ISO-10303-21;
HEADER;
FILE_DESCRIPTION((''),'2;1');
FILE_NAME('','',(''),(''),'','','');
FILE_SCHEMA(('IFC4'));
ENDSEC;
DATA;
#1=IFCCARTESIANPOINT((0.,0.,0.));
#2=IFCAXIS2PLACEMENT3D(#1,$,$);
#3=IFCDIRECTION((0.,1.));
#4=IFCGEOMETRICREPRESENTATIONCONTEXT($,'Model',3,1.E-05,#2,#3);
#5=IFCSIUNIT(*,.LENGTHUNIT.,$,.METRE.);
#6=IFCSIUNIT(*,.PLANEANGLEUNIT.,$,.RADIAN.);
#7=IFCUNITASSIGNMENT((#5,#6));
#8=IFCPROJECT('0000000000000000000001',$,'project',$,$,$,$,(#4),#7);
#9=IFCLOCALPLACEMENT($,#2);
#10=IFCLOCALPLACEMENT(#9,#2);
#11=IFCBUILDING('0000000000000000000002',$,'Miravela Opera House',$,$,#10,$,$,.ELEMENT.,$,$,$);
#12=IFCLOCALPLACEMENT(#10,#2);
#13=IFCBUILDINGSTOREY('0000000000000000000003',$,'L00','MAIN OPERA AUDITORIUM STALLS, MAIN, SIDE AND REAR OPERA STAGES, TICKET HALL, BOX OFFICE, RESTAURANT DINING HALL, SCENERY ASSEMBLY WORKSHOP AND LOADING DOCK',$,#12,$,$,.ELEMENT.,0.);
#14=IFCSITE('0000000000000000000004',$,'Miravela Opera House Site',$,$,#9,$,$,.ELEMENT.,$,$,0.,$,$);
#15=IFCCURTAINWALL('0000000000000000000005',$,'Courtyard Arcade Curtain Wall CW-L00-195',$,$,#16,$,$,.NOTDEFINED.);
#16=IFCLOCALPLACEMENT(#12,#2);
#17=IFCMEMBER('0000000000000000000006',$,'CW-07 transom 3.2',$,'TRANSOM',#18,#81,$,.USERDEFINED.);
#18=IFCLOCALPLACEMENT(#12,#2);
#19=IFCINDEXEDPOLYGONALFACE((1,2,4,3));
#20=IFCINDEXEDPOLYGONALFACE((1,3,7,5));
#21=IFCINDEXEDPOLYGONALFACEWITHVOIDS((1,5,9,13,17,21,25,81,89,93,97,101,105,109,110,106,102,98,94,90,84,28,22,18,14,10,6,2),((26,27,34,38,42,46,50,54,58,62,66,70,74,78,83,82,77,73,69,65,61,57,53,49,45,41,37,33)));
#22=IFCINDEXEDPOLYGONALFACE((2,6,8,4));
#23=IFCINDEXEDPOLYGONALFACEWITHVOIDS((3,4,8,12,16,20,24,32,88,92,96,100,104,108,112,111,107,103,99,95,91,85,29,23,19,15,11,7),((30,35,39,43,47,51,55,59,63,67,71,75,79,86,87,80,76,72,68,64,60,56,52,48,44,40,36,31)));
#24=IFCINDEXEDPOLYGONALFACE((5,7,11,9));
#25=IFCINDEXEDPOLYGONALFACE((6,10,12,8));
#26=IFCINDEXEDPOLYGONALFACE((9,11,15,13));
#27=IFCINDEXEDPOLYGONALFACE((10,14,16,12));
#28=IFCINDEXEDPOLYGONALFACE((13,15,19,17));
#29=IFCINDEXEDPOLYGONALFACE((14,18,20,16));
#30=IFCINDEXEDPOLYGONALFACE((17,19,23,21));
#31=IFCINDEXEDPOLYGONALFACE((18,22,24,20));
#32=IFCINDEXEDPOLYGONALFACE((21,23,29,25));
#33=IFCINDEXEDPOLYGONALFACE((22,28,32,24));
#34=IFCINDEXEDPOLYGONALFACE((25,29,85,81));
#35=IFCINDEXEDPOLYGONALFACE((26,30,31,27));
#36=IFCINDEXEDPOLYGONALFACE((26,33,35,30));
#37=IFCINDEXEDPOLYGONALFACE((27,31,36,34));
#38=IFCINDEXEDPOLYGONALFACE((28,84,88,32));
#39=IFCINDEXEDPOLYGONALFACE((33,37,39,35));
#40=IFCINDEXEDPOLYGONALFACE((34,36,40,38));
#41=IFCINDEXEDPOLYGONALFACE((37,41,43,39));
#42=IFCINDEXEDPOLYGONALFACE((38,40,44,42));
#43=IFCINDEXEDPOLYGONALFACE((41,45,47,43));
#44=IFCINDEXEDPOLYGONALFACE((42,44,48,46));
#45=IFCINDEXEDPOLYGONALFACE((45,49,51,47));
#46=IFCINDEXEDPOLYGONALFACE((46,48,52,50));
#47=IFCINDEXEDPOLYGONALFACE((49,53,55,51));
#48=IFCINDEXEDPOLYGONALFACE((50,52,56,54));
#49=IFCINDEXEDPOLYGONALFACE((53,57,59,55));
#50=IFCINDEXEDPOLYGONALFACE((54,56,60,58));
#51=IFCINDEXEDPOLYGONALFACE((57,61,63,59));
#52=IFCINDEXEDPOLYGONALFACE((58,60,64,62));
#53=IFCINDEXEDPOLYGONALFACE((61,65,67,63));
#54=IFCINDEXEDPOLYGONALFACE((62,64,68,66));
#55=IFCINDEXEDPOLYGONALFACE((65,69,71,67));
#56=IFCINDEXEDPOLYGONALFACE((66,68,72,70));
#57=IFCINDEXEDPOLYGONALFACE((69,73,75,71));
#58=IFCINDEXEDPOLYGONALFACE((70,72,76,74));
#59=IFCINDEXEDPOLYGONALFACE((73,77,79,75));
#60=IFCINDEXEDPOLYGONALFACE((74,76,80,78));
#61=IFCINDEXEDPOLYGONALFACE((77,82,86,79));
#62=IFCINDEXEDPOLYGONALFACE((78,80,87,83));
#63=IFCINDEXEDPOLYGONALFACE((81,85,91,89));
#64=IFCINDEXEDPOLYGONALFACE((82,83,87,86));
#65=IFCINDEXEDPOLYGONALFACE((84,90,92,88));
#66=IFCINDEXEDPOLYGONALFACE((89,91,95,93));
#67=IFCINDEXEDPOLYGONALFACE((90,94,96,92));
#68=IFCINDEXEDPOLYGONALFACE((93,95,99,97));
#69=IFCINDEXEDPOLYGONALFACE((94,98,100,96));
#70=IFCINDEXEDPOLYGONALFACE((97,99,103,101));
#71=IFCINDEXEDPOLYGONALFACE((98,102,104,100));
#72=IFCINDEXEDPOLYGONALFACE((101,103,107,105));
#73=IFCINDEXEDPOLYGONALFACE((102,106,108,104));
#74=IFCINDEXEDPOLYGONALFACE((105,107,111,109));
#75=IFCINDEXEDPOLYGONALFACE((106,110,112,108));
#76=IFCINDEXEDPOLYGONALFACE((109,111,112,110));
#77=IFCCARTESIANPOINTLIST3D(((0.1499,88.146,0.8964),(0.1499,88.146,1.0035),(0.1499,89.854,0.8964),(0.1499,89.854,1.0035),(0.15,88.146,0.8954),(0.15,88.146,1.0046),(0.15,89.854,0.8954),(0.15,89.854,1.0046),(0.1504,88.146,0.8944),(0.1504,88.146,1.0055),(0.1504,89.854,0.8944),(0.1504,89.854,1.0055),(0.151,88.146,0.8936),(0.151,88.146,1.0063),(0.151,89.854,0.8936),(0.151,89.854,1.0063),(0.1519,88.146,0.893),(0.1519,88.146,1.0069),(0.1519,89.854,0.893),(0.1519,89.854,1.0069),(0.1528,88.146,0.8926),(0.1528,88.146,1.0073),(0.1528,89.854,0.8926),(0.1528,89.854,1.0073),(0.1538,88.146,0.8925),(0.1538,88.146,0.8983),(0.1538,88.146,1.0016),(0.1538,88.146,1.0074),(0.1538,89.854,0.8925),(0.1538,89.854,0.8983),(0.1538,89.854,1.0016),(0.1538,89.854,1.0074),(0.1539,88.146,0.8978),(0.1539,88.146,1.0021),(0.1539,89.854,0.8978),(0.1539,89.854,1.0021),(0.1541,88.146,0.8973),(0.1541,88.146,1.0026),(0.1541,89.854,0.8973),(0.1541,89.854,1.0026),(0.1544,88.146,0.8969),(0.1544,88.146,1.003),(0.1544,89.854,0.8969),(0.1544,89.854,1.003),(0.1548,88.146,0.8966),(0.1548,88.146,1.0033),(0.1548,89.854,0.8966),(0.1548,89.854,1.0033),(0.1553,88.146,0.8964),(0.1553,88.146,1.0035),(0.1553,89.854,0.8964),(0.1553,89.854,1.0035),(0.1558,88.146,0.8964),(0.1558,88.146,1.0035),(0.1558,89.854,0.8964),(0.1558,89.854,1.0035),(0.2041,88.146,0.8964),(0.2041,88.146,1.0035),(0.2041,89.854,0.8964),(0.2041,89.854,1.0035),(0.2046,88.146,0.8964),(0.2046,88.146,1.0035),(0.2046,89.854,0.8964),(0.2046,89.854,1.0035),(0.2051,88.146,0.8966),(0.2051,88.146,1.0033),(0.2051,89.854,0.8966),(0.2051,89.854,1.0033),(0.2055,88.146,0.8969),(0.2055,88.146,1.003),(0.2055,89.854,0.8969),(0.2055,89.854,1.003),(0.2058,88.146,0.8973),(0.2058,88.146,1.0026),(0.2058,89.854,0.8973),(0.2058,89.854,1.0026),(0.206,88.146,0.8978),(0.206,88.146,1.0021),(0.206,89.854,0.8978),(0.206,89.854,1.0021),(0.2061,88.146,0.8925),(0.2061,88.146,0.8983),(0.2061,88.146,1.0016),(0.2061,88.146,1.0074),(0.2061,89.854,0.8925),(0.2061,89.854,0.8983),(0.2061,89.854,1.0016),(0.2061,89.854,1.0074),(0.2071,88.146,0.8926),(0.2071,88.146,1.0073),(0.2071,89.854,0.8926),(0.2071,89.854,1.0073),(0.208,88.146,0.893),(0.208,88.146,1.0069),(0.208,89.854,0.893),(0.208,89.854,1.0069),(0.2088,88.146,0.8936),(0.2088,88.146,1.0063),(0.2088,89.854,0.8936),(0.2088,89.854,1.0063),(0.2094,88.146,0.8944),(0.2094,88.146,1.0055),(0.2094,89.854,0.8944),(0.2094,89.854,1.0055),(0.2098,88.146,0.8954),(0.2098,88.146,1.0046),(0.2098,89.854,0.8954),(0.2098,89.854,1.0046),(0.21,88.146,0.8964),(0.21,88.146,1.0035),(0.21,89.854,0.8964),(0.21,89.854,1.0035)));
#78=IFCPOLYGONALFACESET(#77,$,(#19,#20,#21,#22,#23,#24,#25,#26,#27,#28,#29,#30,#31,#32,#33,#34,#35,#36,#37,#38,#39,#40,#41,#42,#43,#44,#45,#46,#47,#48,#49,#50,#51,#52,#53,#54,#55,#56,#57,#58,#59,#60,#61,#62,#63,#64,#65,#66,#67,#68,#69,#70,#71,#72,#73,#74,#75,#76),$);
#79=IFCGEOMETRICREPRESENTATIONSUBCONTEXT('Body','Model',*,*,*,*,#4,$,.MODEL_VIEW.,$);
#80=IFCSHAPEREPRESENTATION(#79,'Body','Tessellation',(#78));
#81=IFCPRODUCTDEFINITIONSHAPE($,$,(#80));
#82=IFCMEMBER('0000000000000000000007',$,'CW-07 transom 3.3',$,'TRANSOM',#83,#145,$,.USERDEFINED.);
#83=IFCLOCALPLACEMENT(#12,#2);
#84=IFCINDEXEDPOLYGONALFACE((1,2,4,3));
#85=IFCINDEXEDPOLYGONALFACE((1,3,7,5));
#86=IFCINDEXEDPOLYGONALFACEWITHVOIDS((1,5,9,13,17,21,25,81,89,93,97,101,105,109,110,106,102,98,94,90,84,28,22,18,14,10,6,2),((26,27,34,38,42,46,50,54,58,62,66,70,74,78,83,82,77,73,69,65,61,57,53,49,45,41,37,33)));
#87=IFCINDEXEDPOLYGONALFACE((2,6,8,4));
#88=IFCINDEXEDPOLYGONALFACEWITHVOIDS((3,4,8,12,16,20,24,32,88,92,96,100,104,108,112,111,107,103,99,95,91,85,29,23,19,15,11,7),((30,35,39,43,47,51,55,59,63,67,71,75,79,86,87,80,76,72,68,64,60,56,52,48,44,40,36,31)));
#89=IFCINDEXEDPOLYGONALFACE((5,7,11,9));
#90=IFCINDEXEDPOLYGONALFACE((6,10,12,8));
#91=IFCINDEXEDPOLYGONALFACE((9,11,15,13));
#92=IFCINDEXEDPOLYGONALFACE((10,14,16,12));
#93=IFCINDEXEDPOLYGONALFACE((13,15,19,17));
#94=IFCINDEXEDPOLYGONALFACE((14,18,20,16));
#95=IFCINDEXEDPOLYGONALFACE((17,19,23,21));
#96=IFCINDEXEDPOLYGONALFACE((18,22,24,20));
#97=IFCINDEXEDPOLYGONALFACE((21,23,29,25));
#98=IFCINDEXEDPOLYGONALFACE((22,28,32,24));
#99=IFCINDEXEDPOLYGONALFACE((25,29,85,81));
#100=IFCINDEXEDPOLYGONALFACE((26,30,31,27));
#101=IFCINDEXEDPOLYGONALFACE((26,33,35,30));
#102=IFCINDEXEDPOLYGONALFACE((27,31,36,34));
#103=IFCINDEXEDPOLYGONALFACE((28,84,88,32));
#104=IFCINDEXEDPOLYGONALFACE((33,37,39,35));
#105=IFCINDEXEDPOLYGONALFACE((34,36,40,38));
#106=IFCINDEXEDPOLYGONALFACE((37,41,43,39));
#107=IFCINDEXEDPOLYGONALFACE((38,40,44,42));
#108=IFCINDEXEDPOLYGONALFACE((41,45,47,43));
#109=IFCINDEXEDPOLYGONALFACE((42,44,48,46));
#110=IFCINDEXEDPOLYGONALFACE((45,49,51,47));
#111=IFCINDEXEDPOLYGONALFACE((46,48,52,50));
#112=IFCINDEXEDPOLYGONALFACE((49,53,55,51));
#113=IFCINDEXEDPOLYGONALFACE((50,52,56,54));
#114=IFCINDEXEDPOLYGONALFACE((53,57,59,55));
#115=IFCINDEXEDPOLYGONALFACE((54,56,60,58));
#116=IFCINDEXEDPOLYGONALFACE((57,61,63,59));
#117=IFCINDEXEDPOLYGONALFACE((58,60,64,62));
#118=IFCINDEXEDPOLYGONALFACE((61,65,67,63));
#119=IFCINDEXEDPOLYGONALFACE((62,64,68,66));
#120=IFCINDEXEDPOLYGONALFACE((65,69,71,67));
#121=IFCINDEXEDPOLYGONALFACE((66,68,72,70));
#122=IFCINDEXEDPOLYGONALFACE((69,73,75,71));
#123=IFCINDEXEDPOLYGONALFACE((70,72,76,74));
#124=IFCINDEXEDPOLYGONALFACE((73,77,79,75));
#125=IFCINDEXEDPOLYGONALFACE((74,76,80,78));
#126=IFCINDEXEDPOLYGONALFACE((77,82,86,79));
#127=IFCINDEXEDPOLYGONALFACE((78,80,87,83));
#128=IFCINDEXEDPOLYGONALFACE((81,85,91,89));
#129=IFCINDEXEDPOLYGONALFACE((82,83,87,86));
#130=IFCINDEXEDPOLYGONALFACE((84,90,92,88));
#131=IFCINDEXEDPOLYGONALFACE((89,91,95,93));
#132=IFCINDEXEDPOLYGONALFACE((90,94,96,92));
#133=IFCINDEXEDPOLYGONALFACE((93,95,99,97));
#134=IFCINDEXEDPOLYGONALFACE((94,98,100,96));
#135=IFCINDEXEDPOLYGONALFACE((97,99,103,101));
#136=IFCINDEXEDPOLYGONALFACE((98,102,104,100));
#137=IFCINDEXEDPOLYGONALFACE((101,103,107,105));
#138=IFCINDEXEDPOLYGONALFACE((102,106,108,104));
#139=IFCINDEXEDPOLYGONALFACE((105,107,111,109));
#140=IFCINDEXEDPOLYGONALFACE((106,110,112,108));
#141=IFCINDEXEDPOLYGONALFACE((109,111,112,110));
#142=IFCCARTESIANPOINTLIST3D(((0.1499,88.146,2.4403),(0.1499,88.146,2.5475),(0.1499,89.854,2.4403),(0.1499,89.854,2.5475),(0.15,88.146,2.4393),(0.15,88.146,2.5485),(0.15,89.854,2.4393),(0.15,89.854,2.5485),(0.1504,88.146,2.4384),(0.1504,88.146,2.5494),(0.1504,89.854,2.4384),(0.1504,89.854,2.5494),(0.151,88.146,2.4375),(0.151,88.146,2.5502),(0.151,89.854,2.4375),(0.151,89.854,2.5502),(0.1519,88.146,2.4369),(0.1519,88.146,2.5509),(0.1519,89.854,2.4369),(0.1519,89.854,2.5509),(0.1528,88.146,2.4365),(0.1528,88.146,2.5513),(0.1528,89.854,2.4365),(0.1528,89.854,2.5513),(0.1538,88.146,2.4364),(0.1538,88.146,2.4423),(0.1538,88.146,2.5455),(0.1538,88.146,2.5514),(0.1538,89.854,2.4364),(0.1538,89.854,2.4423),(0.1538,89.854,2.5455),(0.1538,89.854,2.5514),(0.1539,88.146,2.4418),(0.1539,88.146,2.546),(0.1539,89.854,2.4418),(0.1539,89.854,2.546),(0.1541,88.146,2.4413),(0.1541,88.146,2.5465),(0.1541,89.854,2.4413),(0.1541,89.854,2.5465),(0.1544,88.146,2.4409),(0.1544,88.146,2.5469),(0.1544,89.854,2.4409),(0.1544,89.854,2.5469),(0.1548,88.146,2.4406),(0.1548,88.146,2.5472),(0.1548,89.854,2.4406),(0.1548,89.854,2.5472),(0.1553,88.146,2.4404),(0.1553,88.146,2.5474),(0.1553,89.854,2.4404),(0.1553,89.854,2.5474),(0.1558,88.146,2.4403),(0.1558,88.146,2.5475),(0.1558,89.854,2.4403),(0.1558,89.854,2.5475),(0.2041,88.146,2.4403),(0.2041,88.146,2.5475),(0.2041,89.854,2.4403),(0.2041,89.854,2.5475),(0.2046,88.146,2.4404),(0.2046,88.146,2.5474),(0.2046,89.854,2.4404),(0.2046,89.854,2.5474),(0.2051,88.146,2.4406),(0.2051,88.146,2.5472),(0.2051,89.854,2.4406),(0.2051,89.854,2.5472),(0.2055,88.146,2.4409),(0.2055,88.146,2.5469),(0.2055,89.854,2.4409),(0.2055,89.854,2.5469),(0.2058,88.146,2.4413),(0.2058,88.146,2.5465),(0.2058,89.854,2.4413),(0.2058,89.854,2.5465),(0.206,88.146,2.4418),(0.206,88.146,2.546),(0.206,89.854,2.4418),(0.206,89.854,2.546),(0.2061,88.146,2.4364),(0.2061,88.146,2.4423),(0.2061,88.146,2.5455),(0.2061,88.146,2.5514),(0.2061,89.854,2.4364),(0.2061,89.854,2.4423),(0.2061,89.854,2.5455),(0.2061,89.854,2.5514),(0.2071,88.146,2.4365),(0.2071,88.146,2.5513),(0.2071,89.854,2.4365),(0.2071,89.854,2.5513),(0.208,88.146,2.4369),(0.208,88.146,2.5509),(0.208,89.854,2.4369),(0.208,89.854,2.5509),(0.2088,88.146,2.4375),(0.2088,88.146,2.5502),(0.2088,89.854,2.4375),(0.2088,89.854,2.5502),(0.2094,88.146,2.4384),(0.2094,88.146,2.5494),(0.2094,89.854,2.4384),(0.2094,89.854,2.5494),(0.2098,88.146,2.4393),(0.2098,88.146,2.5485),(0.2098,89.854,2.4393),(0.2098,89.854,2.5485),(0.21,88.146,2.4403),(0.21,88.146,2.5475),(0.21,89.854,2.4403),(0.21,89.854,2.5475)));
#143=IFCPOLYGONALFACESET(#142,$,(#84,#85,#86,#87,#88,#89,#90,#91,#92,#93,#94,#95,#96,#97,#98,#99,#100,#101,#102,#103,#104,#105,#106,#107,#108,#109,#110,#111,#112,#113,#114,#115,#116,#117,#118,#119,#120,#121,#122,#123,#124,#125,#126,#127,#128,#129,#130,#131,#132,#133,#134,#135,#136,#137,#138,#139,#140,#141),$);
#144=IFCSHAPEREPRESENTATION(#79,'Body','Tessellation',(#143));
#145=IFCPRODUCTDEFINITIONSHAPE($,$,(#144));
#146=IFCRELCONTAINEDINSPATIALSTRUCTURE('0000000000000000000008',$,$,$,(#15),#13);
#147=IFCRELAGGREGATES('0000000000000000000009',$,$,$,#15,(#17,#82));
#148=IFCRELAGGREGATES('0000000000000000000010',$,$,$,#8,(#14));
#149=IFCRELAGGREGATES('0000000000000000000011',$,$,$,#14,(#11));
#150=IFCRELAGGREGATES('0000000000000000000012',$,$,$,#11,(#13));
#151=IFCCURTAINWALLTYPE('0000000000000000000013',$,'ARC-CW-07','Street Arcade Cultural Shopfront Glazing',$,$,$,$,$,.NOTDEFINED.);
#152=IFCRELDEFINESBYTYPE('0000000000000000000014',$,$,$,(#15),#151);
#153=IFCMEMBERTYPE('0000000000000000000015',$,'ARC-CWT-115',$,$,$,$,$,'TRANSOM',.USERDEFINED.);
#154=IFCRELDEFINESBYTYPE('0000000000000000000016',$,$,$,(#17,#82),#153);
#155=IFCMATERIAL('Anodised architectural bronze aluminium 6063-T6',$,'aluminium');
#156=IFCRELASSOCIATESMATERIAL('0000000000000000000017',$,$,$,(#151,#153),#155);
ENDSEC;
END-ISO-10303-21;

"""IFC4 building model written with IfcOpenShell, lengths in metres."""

from ifc_helpers import new_model, si_unit, direction, frame, origin, origin_2d, place, context, subcontext, project, spatial, hollow_rectangle, extrude, material, material_profile, profile_set, type_object, element, aggregate, save


model = new_model("IFC4")

# Units and contexts
model_context = context("Model", 3, precision=1e-05, world=origin(), true_north=direction((0.0, 1.0)))
body_context = subcontext(model_context, "Body", "Model", "MODEL_VIEW")
ifc_project = project(units=[si_unit("LENGTHUNIT", "METRE"), si_unit("PLANEANGLEUNIT", "RADIAN")], contexts=[model_context])

# Site, building, storey
site_placement = place(None, origin())
site = spatial("IfcSite", under=ifc_project, at=site_placement, Name="Miravela Opera House Site", CompositionType="ELEMENT", RefElevation=0.0)
building_placement = place(site_placement, origin())
building = spatial("IfcBuilding", under=site, at=building_placement, Name="Miravela Opera House", CompositionType="ELEMENT")
storey_placement = place(building_placement, origin())
storey = spatial("IfcBuildingStorey", under=building, at=storey_placement, Name="L00", Description="MAIN OPERA AUDITORIUM STALLS, MAIN, SIDE AND REAR OPERA STAGES, TICKET HALL, BOX OFFICE, RESTAURANT DINING HALL, SCENERY ASSEMBLY WORKSHOP AND LOADING DOCK", CompositionType="ELEMENT", Elevation=0.0)

# Curtain wall, members
ifc_material_1 = material(Name="Anodised architectural bronze aluminium 6063-T6", Category="aluminium")
curtain_wall_type = type_object("IfcCurtainWallType", Name="ARC-CW-07", Description="Street Arcade Cultural Shopfront Glazing", PredefinedType="NOTDEFINED", material=ifc_material_1)
curtain_wall_placement = place(storey_placement, origin())
curtain_wall = element("IfcCurtainWall", 1, at=curtain_wall_placement, inside=storey, type_object=curtain_wall_type, Name="Courtyard Arcade Curtain Wall CW-L00-195", PredefinedType="NOTDEFINED")
ifc_material_profile_1 = material_profile(ifc_material_1, hollow_rectangle(XDim=0.0601, YDim=0.115, WallThickness=0.0039, InnerFilletRadius=0.002, OuterFilletRadius=0.0039, at=origin_2d()), Name="CWT-60X115")
ifc_profile_set_1 = profile_set([ifc_material_profile_1])
member_type_1 = type_object("IfcMemberType", Name="ARC-CWT-115", ElementType="TRANSOM", PredefinedType="USERDEFINED", material=ifc_profile_set_1)
member_1_placement = place(storey_placement, frame((0.1799, 88.146, 0.95), z_axis=(0.0, 1.0, 0.0), x_axis=(-1.0, 0.0, 0.0)))
member_1 = element("IfcMember", 2, at=member_1_placement, type_object=member_type_1, Name="CW-07 transom 3.2", ObjectType="TRANSOM", PredefinedType="USERDEFINED", context=body_context, shape_type="SweptSolid", body=[
    extrude(hollow_rectangle(XDim=0.0601, YDim=0.115, WallThickness=0.0039, InnerFilletRadius=0.002, OuterFilletRadius=0.0039, at=origin_2d()), origin(), (0.0, 0.0, 1.0), 1.708),
])
member_2_placement = place(storey_placement, frame((0.1799, 88.146, 2.4939), z_axis=(0.0, 1.0, 0.0), x_axis=(-1.0, 0.0, 0.0)))
member_2 = element("IfcMember", 3, at=member_2_placement, type_object=member_type_1, Name="CW-07 transom 3.3", ObjectType="TRANSOM", PredefinedType="USERDEFINED", context=body_context, shape_type="SweptSolid", body=[
    extrude(hollow_rectangle(XDim=0.0601, YDim=0.115, WallThickness=0.0039, InnerFilletRadius=0.002, OuterFilletRadius=0.0039, at=origin_2d()), origin(), (0.0, 0.0, 1.0), 1.708),
])

aggregate(curtain_wall, [member_1, member_2])

save(model, "model.ifc")
